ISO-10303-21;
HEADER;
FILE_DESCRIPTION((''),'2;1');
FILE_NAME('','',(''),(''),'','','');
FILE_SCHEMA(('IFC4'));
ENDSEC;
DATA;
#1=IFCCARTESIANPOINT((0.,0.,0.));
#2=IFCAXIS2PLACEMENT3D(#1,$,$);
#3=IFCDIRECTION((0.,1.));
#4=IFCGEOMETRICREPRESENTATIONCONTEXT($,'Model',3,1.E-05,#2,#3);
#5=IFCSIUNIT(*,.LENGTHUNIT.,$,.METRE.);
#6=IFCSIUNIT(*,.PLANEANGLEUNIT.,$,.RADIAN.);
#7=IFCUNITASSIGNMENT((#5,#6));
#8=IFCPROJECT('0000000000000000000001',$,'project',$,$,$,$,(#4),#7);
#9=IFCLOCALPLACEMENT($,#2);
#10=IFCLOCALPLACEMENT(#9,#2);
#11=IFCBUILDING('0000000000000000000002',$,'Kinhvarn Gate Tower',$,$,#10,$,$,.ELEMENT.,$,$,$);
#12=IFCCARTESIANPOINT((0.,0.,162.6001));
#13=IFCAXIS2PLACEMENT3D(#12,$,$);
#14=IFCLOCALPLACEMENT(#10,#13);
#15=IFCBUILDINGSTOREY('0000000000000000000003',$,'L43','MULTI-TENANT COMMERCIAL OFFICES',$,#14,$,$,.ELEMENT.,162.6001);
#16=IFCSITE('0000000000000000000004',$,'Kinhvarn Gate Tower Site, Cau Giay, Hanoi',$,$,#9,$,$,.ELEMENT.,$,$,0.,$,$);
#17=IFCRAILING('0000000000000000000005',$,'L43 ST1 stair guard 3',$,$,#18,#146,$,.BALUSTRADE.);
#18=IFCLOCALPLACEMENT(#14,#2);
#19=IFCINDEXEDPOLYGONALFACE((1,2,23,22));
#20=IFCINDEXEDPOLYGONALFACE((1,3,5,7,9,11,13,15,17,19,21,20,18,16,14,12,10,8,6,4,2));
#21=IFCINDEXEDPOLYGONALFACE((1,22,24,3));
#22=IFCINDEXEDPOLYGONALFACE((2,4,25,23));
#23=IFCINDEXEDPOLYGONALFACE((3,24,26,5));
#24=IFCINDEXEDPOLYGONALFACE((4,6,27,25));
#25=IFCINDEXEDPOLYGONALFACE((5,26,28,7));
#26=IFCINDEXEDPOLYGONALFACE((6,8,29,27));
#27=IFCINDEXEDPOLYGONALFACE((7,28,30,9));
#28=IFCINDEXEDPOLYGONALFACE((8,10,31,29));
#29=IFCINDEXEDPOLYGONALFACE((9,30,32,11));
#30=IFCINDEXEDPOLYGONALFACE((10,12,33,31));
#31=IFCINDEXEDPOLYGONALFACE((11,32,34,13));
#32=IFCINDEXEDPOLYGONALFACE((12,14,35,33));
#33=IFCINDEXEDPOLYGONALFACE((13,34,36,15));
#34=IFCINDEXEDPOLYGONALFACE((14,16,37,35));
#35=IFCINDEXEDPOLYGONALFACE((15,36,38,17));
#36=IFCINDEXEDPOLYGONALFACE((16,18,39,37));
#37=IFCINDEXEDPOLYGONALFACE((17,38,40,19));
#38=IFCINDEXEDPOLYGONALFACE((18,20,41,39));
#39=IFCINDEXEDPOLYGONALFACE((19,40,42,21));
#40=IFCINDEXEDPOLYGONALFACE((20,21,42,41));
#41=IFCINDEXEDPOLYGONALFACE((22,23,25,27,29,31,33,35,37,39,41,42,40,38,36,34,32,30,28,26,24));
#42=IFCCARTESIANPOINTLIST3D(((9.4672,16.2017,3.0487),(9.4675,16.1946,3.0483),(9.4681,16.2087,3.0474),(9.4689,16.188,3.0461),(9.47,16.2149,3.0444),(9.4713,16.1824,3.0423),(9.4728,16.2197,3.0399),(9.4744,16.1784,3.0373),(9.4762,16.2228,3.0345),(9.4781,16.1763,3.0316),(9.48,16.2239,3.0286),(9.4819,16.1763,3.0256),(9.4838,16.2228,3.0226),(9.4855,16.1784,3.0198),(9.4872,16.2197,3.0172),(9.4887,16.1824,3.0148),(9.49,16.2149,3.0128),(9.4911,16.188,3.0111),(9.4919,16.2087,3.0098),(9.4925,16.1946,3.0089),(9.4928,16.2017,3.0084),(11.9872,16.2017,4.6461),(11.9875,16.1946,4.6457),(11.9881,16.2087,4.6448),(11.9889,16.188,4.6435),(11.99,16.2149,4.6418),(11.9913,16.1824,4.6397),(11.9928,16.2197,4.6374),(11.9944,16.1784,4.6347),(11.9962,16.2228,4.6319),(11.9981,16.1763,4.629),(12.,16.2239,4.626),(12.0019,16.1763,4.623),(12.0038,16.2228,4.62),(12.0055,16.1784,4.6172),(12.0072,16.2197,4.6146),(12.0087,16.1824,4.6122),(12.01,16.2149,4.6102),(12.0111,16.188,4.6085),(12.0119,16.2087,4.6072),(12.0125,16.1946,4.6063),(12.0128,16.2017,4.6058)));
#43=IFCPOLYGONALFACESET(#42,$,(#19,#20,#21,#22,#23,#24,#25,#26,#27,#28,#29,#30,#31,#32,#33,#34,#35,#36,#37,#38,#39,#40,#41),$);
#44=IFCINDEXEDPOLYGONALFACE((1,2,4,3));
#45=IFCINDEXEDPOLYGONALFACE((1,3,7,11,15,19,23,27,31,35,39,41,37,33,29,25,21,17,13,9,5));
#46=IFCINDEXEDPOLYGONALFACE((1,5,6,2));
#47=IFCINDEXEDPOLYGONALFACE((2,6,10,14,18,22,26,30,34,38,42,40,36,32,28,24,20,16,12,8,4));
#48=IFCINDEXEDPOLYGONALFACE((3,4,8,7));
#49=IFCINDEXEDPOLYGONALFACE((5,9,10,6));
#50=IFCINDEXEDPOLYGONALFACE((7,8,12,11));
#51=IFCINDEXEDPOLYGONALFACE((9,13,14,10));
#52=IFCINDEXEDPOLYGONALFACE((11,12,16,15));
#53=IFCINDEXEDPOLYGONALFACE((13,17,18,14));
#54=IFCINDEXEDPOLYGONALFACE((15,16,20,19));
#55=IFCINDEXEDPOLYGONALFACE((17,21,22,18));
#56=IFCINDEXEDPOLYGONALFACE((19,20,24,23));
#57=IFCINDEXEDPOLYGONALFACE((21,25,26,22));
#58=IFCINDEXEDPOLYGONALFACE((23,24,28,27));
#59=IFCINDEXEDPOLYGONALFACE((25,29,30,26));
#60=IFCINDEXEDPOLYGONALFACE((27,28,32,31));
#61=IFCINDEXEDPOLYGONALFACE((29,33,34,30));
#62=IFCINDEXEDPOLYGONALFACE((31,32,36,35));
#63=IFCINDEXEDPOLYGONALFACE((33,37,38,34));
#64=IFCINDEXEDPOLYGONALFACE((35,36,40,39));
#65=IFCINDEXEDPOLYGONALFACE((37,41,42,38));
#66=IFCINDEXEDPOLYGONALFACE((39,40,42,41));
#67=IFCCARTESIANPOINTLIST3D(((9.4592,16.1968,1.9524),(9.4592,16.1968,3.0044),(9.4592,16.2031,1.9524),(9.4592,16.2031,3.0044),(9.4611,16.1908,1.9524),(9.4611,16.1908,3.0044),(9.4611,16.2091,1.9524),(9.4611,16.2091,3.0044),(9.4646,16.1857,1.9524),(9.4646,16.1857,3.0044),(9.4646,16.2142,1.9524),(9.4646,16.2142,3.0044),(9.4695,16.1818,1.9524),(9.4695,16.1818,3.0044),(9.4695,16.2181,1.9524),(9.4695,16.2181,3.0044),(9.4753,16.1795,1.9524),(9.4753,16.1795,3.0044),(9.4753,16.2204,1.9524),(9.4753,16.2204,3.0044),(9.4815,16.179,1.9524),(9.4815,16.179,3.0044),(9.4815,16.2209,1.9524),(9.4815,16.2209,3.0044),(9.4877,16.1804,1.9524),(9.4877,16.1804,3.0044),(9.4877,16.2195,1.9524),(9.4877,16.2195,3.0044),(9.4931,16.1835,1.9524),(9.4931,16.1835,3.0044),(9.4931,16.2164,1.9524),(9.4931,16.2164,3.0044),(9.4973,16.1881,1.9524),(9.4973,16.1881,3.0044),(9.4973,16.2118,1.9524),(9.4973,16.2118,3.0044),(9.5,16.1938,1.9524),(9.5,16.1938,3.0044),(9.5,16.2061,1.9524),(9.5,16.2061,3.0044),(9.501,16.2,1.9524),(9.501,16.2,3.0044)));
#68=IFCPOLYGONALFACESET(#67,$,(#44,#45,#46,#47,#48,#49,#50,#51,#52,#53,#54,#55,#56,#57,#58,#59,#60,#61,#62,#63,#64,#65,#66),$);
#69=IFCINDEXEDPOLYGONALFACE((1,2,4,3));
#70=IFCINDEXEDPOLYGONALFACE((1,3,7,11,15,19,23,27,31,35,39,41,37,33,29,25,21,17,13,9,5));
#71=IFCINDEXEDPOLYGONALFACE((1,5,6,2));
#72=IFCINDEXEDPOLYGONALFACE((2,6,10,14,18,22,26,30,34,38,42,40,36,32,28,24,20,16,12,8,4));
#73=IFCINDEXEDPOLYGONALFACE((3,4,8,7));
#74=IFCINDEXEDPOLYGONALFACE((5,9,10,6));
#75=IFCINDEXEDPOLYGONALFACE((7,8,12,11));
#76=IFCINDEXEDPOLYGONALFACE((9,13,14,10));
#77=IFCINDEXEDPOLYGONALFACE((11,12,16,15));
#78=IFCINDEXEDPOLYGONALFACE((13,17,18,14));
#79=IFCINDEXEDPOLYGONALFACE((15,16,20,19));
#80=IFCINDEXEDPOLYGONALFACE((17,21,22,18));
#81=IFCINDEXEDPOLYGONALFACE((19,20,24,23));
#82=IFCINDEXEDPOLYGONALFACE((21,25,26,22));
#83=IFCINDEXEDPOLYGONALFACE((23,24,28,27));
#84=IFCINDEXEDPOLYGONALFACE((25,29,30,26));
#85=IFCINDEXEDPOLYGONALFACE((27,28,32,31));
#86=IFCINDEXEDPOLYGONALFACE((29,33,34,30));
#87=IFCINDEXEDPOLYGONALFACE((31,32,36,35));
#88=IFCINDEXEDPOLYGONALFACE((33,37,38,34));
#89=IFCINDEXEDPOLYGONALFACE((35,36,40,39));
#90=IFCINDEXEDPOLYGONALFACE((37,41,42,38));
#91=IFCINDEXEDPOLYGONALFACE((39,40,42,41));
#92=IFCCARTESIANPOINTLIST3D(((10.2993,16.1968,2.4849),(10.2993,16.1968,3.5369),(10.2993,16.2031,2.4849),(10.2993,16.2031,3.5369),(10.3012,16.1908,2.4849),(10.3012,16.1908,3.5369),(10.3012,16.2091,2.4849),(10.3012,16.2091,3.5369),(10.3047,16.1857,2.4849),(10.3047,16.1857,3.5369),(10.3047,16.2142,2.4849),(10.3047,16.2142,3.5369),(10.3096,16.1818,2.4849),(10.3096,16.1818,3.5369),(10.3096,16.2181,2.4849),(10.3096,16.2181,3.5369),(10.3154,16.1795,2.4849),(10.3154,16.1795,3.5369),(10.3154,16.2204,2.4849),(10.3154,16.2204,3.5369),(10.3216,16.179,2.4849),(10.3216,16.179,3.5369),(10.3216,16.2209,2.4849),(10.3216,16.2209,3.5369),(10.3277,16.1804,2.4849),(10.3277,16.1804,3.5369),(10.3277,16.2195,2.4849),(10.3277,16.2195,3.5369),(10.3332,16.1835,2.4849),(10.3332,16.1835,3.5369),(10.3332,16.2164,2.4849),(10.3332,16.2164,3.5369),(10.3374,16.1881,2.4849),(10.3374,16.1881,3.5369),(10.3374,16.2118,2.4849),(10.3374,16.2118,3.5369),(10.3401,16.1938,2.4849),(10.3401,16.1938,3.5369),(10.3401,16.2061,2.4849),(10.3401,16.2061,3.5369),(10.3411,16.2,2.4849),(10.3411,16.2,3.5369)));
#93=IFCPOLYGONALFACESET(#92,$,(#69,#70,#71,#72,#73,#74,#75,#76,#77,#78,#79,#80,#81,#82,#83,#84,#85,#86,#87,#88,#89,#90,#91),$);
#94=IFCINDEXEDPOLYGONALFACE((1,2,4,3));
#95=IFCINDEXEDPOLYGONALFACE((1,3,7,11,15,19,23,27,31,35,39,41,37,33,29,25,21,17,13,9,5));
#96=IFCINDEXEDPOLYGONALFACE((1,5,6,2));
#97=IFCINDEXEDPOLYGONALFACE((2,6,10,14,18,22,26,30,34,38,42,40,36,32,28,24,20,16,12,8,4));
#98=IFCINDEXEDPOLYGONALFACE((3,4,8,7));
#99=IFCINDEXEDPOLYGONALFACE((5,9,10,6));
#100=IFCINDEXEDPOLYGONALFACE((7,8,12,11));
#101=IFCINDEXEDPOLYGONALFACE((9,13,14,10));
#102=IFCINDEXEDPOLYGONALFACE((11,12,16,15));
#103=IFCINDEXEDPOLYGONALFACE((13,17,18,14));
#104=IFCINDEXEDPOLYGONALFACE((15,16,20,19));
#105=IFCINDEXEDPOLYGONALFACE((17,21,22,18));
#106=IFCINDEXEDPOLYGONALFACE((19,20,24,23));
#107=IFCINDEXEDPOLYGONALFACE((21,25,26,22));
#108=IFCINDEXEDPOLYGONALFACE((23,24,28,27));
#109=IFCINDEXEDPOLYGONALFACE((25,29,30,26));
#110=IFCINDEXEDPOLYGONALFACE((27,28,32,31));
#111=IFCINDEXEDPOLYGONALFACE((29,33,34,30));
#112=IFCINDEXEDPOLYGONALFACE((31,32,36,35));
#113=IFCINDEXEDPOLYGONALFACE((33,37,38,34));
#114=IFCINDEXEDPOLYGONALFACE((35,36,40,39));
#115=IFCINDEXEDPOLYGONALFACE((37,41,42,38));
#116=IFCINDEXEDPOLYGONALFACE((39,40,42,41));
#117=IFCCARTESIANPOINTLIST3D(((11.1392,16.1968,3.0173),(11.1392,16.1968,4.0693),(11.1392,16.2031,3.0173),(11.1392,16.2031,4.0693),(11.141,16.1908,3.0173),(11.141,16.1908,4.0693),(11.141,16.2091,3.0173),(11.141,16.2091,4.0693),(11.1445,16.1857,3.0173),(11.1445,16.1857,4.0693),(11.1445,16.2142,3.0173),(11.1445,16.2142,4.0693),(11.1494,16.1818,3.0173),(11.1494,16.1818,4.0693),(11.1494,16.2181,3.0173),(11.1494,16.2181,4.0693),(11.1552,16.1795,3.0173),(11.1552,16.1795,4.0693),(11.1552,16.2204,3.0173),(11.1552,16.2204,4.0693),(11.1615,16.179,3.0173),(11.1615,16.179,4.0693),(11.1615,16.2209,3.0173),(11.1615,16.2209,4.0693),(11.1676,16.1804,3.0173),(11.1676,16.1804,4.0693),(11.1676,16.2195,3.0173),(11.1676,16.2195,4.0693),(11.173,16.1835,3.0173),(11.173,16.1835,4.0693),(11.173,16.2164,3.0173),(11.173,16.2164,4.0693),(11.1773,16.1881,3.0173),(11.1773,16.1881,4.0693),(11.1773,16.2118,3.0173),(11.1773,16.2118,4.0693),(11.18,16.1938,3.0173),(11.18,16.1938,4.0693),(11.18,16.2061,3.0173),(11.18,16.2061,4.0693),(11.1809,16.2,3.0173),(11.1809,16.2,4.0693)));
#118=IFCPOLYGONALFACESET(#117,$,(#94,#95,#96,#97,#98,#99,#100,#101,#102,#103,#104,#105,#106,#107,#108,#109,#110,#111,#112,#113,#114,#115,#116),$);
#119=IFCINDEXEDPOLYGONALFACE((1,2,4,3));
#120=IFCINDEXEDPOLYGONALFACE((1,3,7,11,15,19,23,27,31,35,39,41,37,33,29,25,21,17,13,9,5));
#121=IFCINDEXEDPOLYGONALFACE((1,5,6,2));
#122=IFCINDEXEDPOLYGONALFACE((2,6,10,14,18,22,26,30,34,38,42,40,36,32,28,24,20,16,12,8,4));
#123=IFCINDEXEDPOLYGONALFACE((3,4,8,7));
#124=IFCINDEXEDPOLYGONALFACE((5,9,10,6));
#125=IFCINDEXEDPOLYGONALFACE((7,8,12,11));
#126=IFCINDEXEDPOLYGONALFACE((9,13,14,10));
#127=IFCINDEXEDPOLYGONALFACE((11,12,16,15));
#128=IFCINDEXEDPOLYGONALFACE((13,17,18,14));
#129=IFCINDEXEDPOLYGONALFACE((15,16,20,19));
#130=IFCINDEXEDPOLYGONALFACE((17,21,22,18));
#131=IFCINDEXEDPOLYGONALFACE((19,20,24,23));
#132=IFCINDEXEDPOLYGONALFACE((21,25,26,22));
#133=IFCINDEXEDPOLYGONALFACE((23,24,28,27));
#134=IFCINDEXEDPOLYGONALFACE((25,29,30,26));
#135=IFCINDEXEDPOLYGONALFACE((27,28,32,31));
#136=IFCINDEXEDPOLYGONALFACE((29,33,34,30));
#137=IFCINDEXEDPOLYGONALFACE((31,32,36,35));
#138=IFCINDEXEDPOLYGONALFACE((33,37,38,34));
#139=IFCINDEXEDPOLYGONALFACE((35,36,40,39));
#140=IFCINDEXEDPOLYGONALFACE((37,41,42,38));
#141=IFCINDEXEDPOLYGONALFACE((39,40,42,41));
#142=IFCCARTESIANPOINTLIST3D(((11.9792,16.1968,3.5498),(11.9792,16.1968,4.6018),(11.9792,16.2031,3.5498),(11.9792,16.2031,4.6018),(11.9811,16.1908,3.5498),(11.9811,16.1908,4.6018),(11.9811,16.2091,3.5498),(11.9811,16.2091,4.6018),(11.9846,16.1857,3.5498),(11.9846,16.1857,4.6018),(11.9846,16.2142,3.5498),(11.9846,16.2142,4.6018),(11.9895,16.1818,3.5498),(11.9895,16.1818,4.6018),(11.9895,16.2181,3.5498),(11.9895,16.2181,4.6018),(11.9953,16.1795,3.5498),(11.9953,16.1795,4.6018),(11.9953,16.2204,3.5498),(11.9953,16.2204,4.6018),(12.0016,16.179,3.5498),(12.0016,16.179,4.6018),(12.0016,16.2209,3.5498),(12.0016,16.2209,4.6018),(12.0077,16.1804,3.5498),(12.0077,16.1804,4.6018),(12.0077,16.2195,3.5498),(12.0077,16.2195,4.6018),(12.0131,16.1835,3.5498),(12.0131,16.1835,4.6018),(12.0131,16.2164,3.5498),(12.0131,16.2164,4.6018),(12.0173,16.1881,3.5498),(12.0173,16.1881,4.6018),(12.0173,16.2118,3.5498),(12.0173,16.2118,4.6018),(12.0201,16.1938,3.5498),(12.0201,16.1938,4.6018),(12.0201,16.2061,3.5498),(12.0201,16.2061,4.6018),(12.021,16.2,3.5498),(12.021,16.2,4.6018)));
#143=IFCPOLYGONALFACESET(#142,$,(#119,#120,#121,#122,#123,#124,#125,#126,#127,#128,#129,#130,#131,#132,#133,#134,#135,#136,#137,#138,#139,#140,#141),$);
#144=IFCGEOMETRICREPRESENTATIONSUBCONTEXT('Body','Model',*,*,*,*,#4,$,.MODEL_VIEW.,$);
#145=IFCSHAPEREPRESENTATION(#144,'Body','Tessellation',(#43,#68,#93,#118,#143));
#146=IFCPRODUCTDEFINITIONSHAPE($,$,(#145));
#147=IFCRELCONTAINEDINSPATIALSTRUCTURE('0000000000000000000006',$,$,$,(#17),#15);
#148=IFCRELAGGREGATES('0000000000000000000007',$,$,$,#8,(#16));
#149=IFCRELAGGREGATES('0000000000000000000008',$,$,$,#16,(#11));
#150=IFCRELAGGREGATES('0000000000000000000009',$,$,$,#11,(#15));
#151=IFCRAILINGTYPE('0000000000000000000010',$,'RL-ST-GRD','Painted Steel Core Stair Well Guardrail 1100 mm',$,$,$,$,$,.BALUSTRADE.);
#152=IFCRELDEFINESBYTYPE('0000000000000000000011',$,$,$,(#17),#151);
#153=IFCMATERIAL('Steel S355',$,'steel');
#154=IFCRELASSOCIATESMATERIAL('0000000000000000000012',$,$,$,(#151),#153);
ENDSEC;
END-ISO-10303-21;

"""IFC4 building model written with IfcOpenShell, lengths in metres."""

from ifc_helpers import new_model, si_unit, direction, frame, origin, origin_2d, place, context, subcontext, project, spatial, circle, extrude, material, type_object, element, save


model = new_model("IFC4")

# Units and contexts
model_context = context("Model", 3, precision=1e-05, world=origin(), true_north=direction((0.0, 1.0)))
body_context = subcontext(model_context, "Body", "Model", "MODEL_VIEW")
ifc_project = project(units=[si_unit("LENGTHUNIT", "METRE"), si_unit("PLANEANGLEUNIT", "RADIAN")], contexts=[model_context])

# Site, building, storey
site_placement = place(None, origin())
site = spatial("IfcSite", under=ifc_project, at=site_placement, Name="Kinhvarn Gate Tower Site, Cau Giay, Hanoi", CompositionType="ELEMENT", RefElevation=0.0)
building_placement = place(site_placement, origin())
building = spatial("IfcBuilding", under=site, at=building_placement, Name="Kinhvarn Gate Tower", CompositionType="ELEMENT")
storey_placement = place(building_placement, frame((0.0, 0.0, 162.6001)))
storey = spatial("IfcBuildingStorey", under=building, at=storey_placement, Name="L43", Description="MULTI-TENANT COMMERCIAL OFFICES", CompositionType="ELEMENT", Elevation=162.6001)

# Shared definitions
ifc_material_1 = material(Name="Steel S355", Category="steel")

# Railing
railing_type_1 = type_object("IfcRailingType", Name="RL-ST-GRD", Description="Painted Steel Core Stair Well Guardrail 1100 mm", PredefinedType="BALUSTRADE", material=ifc_material_1)
railing_1_placement = place(storey_placement, frame((9.48, 16.2, 1.9524)))
element("IfcRailing", 1, at=railing_1_placement, inside=storey, type_object=railing_type_1, Name="L43 ST1 stair guard 3", PredefinedType="BALUSTRADE", context=body_context, shape_type="SweptSolid", body=[
    extrude(circle(Radius=0.0239, at=origin_2d()), frame((0.0, 0.0, 1.0762), z_axis=(0.844607, 0.0, 0.535387), x_axis=(0.0, 1.0, 0.0)), (0.0, 0.0, 1.0), 2.9836),
    extrude(circle(Radius=0.021, at=origin_2d()), origin(), (0.0, 0.0, 1.0), 1.052),
    extrude(circle(Radius=0.021, at=origin_2d()), frame((0.8401, 0.0, 0.5325)), (0.0, 0.0, 1.0), 1.052),
    extrude(circle(Radius=0.021, at=origin_2d()), frame((1.6799, 0.0, 1.0649)), (0.0, 0.0, 1.0), 1.052),
    extrude(circle(Radius=0.021, at=origin_2d()), frame((2.52, 0.0, 1.5974)), (0.0, 0.0, 1.0), 1.052),
])

save(model, "model.ifc")
